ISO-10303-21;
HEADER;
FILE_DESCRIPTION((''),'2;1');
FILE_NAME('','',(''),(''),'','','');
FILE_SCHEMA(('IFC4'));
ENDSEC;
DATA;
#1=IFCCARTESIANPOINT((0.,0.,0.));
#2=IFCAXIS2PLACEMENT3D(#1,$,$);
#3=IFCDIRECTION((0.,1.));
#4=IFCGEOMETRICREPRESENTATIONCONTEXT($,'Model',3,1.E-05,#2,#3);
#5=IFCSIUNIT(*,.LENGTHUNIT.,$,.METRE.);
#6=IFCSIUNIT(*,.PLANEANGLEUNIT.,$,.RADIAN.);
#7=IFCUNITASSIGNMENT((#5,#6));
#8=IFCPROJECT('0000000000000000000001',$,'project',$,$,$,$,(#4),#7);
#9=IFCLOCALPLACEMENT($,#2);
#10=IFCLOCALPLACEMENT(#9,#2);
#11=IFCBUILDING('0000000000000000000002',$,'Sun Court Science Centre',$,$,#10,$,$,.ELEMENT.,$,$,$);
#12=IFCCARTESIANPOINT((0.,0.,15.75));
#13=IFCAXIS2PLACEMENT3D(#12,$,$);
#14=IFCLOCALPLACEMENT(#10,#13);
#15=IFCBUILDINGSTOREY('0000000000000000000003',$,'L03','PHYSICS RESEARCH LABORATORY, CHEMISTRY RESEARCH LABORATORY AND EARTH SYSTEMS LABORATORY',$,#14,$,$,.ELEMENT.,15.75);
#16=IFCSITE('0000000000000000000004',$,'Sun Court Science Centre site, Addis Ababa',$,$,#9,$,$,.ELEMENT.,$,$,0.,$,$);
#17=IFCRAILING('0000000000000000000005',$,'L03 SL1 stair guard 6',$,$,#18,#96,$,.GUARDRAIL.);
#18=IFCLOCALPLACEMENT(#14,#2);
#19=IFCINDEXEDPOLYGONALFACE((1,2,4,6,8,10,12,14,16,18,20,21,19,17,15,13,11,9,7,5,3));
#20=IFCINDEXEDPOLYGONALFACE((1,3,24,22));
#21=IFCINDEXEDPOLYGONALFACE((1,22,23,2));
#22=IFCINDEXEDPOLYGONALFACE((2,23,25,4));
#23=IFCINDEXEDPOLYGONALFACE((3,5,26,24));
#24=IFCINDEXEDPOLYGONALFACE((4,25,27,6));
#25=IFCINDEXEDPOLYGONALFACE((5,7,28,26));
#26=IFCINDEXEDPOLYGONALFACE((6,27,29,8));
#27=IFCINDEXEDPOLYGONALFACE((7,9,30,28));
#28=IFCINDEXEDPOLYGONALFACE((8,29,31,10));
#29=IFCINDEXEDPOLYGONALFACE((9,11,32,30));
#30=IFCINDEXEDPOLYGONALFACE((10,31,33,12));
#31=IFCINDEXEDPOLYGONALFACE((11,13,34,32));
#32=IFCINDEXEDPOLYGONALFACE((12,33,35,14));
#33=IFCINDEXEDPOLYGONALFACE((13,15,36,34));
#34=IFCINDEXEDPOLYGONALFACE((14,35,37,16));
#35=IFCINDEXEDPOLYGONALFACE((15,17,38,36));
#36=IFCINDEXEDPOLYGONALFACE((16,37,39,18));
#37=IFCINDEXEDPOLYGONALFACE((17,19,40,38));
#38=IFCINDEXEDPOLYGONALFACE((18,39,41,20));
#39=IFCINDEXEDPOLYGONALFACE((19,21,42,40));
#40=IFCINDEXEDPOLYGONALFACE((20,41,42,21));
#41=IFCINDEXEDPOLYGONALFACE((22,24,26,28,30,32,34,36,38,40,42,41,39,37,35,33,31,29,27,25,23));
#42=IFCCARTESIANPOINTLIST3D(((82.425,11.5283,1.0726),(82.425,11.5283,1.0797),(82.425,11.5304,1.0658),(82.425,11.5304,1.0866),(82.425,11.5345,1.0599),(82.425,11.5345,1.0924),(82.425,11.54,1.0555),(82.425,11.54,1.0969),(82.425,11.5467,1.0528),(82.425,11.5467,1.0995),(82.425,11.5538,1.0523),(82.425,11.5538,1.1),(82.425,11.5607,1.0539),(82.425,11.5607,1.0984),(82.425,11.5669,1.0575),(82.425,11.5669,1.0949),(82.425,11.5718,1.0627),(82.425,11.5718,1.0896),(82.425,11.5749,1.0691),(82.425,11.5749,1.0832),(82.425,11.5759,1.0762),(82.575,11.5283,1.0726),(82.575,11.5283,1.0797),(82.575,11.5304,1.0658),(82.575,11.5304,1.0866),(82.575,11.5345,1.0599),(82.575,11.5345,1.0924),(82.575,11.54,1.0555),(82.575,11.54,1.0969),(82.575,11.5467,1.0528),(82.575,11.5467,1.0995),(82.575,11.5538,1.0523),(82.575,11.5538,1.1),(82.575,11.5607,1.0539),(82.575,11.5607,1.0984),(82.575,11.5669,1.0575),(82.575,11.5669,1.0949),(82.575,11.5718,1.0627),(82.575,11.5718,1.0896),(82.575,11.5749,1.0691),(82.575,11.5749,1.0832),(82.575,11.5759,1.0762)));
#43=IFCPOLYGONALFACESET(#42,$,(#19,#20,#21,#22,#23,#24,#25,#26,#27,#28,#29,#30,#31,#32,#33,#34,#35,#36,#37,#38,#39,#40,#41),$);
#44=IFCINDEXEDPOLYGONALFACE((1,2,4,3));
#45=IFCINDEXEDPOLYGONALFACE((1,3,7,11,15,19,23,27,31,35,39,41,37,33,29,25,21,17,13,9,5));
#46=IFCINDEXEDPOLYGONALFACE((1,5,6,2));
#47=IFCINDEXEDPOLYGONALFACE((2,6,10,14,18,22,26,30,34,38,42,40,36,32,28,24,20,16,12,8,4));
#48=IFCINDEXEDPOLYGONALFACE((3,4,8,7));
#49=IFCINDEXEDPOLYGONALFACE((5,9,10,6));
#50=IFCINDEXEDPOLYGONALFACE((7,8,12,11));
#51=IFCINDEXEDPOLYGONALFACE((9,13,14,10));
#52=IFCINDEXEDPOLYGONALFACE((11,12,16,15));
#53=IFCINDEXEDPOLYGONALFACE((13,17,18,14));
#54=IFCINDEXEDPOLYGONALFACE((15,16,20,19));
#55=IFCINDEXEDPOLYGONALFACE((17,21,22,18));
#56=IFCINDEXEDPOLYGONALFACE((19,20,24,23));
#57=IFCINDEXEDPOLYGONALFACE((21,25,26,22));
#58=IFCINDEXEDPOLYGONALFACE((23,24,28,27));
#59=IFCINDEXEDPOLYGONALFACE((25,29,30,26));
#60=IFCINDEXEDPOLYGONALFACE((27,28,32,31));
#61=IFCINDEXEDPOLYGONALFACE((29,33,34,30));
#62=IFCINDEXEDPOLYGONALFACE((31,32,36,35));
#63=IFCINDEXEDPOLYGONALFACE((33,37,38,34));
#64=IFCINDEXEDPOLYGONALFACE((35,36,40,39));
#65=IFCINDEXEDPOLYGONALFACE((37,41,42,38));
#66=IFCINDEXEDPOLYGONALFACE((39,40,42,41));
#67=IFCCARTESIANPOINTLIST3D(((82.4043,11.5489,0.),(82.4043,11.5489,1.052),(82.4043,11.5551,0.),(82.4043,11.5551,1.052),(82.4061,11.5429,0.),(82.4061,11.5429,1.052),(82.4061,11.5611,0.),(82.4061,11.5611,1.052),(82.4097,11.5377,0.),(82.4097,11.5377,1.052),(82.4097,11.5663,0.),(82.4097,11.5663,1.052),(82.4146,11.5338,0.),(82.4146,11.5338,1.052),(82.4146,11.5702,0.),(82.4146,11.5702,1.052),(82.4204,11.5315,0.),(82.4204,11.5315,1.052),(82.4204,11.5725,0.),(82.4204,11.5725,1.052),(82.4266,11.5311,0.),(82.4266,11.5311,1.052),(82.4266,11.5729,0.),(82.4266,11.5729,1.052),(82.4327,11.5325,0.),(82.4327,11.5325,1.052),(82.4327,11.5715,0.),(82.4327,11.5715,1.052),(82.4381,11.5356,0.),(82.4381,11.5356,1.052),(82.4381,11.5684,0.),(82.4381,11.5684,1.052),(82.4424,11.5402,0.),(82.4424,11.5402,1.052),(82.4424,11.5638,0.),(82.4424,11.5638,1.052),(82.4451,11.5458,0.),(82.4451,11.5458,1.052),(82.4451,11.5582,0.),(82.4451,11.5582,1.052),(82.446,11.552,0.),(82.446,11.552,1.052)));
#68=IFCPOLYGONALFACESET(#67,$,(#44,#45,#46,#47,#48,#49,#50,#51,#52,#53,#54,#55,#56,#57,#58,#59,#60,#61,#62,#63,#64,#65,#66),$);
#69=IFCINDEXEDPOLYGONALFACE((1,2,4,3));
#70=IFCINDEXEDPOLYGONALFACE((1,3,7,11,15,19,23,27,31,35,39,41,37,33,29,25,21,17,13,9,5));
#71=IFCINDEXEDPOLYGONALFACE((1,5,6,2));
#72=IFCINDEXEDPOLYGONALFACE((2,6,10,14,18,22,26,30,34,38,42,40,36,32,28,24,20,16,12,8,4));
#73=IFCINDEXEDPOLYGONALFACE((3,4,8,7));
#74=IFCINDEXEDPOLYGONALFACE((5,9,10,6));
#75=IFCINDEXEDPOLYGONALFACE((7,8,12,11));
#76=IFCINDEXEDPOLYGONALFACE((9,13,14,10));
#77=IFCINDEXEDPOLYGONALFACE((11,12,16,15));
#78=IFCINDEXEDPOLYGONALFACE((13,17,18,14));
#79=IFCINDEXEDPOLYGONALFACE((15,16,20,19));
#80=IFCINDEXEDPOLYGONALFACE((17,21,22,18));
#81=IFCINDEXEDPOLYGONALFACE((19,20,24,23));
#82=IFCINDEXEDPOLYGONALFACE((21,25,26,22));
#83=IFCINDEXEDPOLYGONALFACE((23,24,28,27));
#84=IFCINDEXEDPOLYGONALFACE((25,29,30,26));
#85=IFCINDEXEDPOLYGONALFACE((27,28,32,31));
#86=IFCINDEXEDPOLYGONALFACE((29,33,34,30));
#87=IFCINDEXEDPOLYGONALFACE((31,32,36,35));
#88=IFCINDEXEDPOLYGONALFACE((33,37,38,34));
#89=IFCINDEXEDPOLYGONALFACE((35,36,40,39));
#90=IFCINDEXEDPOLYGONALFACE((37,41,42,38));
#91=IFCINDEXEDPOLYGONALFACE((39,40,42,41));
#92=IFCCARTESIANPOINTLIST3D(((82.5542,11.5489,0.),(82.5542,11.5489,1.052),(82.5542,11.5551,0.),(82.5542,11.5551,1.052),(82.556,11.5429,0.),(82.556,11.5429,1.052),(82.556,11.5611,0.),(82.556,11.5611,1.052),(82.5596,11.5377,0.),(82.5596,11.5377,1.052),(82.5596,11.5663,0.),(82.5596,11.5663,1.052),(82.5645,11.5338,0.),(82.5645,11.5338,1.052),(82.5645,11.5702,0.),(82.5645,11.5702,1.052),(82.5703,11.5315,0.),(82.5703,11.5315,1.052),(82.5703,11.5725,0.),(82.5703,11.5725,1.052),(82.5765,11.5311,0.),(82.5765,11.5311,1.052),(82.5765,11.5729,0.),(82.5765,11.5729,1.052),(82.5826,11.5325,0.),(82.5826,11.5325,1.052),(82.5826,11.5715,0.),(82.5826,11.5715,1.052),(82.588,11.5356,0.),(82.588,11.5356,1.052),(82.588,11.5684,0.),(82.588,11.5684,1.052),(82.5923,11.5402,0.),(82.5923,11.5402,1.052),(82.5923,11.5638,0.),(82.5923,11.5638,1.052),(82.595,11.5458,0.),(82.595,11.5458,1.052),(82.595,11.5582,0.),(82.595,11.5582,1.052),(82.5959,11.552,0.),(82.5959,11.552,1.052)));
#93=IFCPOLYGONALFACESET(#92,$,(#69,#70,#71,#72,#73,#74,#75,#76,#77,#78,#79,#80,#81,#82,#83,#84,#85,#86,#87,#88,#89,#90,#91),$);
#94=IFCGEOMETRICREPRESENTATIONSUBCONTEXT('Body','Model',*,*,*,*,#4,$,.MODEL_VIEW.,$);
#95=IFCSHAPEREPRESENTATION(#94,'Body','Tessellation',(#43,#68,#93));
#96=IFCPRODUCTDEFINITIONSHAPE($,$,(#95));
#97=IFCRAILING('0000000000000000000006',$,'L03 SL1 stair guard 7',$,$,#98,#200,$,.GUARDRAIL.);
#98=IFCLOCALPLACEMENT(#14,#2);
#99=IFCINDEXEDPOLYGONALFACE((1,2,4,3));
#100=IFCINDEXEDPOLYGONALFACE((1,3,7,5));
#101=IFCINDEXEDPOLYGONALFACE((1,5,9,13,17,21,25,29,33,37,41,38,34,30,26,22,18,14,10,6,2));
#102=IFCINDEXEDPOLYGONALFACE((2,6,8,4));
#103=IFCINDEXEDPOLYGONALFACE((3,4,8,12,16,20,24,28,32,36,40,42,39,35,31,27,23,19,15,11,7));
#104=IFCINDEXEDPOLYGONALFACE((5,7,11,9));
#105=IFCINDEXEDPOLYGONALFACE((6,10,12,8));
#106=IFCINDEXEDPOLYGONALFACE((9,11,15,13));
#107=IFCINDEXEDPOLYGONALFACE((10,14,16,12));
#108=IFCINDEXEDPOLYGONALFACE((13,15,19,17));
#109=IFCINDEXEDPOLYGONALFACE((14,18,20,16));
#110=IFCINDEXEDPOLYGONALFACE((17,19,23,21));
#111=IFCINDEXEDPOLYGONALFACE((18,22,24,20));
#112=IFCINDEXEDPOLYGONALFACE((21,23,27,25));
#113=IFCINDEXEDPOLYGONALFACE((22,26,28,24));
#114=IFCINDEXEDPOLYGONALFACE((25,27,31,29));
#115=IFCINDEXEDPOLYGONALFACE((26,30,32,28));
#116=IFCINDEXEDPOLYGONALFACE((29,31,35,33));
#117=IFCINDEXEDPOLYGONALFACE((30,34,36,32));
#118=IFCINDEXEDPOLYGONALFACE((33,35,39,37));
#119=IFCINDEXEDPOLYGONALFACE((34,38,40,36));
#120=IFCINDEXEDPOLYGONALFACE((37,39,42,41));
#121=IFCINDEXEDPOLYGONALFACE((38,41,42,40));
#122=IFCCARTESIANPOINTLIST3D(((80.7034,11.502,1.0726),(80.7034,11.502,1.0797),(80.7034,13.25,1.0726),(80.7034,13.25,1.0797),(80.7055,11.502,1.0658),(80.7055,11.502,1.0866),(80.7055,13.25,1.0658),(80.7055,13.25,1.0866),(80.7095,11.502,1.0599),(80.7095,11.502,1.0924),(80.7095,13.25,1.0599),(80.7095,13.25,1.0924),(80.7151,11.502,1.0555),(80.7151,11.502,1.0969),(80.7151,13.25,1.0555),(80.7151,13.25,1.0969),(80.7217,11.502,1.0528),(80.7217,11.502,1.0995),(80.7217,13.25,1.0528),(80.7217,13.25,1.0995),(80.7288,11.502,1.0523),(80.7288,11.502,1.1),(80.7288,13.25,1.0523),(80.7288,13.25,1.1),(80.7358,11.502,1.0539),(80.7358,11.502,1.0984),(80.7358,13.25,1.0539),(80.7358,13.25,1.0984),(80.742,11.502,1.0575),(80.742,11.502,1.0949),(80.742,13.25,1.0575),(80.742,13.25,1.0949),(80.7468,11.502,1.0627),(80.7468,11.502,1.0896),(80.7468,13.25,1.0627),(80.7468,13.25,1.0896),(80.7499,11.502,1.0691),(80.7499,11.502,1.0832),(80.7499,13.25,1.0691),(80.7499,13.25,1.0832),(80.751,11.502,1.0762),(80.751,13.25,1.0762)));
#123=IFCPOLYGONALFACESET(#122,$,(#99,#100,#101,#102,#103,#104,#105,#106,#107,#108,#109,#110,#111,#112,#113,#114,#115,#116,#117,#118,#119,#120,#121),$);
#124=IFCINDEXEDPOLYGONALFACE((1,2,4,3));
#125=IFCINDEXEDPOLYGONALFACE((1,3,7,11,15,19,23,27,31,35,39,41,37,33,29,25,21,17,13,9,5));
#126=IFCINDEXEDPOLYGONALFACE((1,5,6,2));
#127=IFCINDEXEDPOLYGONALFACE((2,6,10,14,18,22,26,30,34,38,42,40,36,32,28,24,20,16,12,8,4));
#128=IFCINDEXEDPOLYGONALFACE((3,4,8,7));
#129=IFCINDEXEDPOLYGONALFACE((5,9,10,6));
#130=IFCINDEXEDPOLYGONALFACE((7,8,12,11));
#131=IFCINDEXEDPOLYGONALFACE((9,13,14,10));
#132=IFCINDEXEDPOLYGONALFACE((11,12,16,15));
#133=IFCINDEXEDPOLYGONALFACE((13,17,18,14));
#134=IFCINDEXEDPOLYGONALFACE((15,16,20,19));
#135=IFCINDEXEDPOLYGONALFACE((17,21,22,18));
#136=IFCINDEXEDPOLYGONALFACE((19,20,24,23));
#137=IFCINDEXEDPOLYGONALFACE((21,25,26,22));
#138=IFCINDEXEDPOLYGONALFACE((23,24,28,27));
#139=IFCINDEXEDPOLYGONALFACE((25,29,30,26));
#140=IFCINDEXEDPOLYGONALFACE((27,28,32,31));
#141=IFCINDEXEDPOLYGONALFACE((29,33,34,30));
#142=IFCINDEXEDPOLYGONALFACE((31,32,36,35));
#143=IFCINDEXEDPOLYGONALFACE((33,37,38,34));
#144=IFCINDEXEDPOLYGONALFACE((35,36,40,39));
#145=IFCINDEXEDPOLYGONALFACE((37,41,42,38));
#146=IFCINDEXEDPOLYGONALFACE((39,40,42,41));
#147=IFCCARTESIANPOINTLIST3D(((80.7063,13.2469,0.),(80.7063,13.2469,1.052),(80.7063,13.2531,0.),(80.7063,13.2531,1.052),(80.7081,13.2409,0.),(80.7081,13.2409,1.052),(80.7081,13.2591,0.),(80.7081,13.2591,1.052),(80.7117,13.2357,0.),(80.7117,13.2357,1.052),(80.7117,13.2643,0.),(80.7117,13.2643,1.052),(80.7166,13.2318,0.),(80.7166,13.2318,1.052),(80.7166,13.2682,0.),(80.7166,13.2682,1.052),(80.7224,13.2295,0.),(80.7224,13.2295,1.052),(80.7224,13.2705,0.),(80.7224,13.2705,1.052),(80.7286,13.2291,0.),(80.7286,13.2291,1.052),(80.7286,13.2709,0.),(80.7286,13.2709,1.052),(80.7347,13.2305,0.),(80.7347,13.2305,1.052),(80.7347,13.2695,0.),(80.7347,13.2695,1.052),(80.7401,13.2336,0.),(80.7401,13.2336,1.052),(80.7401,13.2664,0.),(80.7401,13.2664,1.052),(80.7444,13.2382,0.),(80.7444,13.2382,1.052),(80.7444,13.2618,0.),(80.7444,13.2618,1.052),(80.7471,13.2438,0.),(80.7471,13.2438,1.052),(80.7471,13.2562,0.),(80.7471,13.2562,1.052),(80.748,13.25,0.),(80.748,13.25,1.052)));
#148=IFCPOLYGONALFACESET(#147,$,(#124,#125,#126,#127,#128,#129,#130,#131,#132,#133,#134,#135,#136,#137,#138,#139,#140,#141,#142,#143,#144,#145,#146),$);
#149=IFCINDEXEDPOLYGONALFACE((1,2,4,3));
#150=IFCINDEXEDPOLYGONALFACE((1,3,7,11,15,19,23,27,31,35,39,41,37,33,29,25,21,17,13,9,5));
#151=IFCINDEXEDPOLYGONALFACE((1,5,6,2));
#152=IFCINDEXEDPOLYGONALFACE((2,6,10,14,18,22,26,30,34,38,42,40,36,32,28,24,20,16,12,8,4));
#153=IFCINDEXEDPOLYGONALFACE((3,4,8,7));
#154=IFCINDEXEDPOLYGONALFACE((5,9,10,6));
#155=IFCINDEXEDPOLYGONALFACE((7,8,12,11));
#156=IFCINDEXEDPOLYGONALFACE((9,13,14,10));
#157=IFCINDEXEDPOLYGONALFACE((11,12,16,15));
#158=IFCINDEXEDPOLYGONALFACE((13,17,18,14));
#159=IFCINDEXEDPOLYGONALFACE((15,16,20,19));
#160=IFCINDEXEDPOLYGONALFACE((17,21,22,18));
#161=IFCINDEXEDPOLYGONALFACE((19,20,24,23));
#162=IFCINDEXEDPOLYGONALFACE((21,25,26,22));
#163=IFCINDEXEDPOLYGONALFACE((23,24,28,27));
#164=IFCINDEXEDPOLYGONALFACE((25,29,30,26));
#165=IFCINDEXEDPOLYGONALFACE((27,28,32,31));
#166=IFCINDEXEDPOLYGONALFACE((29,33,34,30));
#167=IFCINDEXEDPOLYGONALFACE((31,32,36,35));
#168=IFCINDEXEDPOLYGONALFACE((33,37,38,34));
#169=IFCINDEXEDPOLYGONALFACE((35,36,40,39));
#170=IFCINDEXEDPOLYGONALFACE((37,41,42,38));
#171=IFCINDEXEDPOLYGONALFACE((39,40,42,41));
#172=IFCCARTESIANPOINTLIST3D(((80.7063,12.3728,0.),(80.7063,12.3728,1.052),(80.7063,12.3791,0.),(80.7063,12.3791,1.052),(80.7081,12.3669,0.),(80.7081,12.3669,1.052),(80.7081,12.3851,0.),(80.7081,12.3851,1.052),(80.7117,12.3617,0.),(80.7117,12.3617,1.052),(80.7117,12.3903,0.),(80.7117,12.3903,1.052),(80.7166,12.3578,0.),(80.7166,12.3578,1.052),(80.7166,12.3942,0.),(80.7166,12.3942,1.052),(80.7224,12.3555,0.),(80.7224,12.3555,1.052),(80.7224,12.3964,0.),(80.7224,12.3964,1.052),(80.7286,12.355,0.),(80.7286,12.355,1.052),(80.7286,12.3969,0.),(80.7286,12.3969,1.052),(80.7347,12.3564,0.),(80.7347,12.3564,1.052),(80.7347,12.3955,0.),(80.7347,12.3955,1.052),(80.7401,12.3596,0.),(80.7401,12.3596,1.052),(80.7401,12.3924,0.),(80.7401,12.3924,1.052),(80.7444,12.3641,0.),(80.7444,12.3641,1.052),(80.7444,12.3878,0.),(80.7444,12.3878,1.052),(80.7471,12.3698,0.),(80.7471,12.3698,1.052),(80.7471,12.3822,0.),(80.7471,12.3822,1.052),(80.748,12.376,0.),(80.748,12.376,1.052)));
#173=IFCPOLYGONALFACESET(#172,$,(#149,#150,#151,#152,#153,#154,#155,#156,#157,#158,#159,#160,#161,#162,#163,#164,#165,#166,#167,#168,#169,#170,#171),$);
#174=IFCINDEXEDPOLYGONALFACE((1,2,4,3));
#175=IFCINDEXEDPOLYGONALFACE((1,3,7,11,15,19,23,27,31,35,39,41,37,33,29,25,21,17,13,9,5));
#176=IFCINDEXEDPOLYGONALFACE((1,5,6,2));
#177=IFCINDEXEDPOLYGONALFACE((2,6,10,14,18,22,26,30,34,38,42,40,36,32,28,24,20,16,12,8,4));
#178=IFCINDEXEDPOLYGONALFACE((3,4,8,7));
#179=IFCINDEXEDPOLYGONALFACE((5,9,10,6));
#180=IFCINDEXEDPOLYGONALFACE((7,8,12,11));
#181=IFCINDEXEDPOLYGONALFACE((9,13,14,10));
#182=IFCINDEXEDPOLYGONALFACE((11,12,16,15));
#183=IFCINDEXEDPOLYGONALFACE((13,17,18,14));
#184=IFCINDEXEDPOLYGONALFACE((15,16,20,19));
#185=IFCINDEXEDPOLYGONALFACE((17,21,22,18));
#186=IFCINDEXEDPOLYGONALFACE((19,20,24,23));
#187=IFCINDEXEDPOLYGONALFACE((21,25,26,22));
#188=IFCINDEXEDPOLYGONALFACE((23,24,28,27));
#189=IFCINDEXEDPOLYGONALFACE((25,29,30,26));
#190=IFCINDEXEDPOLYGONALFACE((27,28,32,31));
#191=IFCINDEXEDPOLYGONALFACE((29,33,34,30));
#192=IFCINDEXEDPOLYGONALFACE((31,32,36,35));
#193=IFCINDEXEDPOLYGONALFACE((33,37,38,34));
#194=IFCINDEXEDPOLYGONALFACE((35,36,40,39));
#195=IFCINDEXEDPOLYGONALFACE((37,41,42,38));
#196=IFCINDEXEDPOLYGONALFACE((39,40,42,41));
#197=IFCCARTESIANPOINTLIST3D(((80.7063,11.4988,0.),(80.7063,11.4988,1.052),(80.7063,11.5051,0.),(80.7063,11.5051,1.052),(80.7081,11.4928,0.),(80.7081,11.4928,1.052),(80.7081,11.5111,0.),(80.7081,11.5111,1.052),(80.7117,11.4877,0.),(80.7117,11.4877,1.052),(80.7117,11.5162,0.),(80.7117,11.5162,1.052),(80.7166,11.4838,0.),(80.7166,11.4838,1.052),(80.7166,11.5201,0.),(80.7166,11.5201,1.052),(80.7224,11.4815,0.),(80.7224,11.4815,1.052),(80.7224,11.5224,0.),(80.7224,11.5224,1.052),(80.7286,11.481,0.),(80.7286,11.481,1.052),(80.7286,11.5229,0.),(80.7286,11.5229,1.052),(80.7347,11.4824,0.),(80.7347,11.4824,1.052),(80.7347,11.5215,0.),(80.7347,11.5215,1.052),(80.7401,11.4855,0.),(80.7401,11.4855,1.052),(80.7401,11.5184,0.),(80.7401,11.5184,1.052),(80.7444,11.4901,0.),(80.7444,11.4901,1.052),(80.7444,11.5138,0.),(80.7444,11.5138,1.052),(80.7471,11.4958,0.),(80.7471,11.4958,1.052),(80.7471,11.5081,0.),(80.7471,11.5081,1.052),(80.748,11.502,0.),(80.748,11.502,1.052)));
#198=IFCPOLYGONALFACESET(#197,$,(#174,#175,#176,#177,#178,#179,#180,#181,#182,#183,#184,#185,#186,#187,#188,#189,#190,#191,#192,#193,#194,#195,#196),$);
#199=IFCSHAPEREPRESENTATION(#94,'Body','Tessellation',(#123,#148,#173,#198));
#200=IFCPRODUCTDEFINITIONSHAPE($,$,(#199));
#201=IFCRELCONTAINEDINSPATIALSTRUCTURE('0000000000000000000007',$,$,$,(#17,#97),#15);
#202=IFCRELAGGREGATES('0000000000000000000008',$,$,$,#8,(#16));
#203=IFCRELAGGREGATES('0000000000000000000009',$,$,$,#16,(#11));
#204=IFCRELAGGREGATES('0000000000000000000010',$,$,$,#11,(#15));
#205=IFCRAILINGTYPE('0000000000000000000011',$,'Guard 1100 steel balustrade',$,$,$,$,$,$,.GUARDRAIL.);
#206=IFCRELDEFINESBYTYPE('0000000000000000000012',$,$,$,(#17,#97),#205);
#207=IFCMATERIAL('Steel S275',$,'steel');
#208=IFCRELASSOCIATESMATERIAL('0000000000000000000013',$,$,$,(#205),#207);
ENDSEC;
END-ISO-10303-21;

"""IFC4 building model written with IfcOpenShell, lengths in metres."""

from ifc_helpers import new_model, si_unit, direction, frame, origin, origin_2d, place, context, subcontext, project, spatial, circle, extrude, material, type_object, element, save


model = new_model("IFC4")

# Units and contexts
model_context = context("Model", 3, precision=1e-05, world=origin(), true_north=direction((0.0, 1.0)))
body_context = subcontext(model_context, "Body", "Model", "MODEL_VIEW")
ifc_project = project(units=[si_unit("LENGTHUNIT", "METRE"), si_unit("PLANEANGLEUNIT", "RADIAN")], contexts=[model_context])

# Site, building, storey
site_placement = place(None, origin())
site = spatial("IfcSite", under=ifc_project, at=site_placement, Name="Sun Court Science Centre site, Addis Ababa", CompositionType="ELEMENT", RefElevation=0.0)
building_placement = place(site_placement, origin())
building = spatial("IfcBuilding", under=site, at=building_placement, Name="Sun Court Science Centre", CompositionType="ELEMENT")
storey_placement = place(building_placement, frame((0.0, 0.0, 15.75)))
storey = spatial("IfcBuildingStorey", under=building, at=storey_placement, Name="L03", Description="PHYSICS RESEARCH LABORATORY, CHEMISTRY RESEARCH LABORATORY AND EARTH SYSTEMS LABORATORY", CompositionType="ELEMENT", Elevation=15.75)

# Railings
ifc_material_1 = material(Name="Steel S275", Category="steel")
railing_type_1 = type_object("IfcRailingType", Name="Guard 1100 steel balustrade", PredefinedType="GUARDRAIL", material=ifc_material_1)
railing_1_placement = place(storey_placement, frame((82.425, 11.552, 0.0)))
element("IfcRailing", 1, at=railing_1_placement, inside=storey, type_object=railing_type_1, Name="L03 SL1 stair guard 6", PredefinedType="GUARDRAIL", context=body_context, shape_type="SweptSolid", body=[
    extrude(circle(Radius=0.0239, at=origin_2d()), frame((0.0, 0.0, 1.0762), z_axis=(1.0, 0.0, 0.0), x_axis=(0.0, 1.0, 0.0)), (0.0, 0.0, 1.0), 0.1499),
    extrude(circle(Radius=0.021, at=origin_2d()), origin(), (0.0, 0.0, 1.0), 1.052),
    extrude(circle(Radius=0.021, at=origin_2d()), frame((0.1499, 0.0, 0.0)), (0.0, 0.0, 1.0), 1.052),
])
for number, where, name in (
    (2, (80.7271, 13.25, 0.0), "L03 SL1 stair guard 7"),
):
    element("IfcRailing", number, at=place(storey_placement, frame(where)), inside=storey, type_object=railing_type_1, Name=name, PredefinedType="GUARDRAIL", context=body_context, shape_type="SweptSolid", body=[
        extrude(circle(Radius=0.0239, at=origin_2d()), frame((0.0, 0.0, 1.0762), z_axis=(0.0, -1.0, 0.0), x_axis=(1.0, 0.0, 0.0)), (0.0, 0.0, 1.0), 1.748),
        extrude(circle(Radius=0.021, at=origin_2d()), origin(), (0.0, 0.0, 1.0), 1.052),
        extrude(circle(Radius=0.021, at=origin_2d()), frame((0.0, -0.874, 0.0)), (0.0, 0.0, 1.0), 1.052),
        extrude(circle(Radius=0.021, at=origin_2d()), frame((0.0, -1.748, 0.0)), (0.0, 0.0, 1.0), 1.052),
    ])

save(model, "model.ifc")
